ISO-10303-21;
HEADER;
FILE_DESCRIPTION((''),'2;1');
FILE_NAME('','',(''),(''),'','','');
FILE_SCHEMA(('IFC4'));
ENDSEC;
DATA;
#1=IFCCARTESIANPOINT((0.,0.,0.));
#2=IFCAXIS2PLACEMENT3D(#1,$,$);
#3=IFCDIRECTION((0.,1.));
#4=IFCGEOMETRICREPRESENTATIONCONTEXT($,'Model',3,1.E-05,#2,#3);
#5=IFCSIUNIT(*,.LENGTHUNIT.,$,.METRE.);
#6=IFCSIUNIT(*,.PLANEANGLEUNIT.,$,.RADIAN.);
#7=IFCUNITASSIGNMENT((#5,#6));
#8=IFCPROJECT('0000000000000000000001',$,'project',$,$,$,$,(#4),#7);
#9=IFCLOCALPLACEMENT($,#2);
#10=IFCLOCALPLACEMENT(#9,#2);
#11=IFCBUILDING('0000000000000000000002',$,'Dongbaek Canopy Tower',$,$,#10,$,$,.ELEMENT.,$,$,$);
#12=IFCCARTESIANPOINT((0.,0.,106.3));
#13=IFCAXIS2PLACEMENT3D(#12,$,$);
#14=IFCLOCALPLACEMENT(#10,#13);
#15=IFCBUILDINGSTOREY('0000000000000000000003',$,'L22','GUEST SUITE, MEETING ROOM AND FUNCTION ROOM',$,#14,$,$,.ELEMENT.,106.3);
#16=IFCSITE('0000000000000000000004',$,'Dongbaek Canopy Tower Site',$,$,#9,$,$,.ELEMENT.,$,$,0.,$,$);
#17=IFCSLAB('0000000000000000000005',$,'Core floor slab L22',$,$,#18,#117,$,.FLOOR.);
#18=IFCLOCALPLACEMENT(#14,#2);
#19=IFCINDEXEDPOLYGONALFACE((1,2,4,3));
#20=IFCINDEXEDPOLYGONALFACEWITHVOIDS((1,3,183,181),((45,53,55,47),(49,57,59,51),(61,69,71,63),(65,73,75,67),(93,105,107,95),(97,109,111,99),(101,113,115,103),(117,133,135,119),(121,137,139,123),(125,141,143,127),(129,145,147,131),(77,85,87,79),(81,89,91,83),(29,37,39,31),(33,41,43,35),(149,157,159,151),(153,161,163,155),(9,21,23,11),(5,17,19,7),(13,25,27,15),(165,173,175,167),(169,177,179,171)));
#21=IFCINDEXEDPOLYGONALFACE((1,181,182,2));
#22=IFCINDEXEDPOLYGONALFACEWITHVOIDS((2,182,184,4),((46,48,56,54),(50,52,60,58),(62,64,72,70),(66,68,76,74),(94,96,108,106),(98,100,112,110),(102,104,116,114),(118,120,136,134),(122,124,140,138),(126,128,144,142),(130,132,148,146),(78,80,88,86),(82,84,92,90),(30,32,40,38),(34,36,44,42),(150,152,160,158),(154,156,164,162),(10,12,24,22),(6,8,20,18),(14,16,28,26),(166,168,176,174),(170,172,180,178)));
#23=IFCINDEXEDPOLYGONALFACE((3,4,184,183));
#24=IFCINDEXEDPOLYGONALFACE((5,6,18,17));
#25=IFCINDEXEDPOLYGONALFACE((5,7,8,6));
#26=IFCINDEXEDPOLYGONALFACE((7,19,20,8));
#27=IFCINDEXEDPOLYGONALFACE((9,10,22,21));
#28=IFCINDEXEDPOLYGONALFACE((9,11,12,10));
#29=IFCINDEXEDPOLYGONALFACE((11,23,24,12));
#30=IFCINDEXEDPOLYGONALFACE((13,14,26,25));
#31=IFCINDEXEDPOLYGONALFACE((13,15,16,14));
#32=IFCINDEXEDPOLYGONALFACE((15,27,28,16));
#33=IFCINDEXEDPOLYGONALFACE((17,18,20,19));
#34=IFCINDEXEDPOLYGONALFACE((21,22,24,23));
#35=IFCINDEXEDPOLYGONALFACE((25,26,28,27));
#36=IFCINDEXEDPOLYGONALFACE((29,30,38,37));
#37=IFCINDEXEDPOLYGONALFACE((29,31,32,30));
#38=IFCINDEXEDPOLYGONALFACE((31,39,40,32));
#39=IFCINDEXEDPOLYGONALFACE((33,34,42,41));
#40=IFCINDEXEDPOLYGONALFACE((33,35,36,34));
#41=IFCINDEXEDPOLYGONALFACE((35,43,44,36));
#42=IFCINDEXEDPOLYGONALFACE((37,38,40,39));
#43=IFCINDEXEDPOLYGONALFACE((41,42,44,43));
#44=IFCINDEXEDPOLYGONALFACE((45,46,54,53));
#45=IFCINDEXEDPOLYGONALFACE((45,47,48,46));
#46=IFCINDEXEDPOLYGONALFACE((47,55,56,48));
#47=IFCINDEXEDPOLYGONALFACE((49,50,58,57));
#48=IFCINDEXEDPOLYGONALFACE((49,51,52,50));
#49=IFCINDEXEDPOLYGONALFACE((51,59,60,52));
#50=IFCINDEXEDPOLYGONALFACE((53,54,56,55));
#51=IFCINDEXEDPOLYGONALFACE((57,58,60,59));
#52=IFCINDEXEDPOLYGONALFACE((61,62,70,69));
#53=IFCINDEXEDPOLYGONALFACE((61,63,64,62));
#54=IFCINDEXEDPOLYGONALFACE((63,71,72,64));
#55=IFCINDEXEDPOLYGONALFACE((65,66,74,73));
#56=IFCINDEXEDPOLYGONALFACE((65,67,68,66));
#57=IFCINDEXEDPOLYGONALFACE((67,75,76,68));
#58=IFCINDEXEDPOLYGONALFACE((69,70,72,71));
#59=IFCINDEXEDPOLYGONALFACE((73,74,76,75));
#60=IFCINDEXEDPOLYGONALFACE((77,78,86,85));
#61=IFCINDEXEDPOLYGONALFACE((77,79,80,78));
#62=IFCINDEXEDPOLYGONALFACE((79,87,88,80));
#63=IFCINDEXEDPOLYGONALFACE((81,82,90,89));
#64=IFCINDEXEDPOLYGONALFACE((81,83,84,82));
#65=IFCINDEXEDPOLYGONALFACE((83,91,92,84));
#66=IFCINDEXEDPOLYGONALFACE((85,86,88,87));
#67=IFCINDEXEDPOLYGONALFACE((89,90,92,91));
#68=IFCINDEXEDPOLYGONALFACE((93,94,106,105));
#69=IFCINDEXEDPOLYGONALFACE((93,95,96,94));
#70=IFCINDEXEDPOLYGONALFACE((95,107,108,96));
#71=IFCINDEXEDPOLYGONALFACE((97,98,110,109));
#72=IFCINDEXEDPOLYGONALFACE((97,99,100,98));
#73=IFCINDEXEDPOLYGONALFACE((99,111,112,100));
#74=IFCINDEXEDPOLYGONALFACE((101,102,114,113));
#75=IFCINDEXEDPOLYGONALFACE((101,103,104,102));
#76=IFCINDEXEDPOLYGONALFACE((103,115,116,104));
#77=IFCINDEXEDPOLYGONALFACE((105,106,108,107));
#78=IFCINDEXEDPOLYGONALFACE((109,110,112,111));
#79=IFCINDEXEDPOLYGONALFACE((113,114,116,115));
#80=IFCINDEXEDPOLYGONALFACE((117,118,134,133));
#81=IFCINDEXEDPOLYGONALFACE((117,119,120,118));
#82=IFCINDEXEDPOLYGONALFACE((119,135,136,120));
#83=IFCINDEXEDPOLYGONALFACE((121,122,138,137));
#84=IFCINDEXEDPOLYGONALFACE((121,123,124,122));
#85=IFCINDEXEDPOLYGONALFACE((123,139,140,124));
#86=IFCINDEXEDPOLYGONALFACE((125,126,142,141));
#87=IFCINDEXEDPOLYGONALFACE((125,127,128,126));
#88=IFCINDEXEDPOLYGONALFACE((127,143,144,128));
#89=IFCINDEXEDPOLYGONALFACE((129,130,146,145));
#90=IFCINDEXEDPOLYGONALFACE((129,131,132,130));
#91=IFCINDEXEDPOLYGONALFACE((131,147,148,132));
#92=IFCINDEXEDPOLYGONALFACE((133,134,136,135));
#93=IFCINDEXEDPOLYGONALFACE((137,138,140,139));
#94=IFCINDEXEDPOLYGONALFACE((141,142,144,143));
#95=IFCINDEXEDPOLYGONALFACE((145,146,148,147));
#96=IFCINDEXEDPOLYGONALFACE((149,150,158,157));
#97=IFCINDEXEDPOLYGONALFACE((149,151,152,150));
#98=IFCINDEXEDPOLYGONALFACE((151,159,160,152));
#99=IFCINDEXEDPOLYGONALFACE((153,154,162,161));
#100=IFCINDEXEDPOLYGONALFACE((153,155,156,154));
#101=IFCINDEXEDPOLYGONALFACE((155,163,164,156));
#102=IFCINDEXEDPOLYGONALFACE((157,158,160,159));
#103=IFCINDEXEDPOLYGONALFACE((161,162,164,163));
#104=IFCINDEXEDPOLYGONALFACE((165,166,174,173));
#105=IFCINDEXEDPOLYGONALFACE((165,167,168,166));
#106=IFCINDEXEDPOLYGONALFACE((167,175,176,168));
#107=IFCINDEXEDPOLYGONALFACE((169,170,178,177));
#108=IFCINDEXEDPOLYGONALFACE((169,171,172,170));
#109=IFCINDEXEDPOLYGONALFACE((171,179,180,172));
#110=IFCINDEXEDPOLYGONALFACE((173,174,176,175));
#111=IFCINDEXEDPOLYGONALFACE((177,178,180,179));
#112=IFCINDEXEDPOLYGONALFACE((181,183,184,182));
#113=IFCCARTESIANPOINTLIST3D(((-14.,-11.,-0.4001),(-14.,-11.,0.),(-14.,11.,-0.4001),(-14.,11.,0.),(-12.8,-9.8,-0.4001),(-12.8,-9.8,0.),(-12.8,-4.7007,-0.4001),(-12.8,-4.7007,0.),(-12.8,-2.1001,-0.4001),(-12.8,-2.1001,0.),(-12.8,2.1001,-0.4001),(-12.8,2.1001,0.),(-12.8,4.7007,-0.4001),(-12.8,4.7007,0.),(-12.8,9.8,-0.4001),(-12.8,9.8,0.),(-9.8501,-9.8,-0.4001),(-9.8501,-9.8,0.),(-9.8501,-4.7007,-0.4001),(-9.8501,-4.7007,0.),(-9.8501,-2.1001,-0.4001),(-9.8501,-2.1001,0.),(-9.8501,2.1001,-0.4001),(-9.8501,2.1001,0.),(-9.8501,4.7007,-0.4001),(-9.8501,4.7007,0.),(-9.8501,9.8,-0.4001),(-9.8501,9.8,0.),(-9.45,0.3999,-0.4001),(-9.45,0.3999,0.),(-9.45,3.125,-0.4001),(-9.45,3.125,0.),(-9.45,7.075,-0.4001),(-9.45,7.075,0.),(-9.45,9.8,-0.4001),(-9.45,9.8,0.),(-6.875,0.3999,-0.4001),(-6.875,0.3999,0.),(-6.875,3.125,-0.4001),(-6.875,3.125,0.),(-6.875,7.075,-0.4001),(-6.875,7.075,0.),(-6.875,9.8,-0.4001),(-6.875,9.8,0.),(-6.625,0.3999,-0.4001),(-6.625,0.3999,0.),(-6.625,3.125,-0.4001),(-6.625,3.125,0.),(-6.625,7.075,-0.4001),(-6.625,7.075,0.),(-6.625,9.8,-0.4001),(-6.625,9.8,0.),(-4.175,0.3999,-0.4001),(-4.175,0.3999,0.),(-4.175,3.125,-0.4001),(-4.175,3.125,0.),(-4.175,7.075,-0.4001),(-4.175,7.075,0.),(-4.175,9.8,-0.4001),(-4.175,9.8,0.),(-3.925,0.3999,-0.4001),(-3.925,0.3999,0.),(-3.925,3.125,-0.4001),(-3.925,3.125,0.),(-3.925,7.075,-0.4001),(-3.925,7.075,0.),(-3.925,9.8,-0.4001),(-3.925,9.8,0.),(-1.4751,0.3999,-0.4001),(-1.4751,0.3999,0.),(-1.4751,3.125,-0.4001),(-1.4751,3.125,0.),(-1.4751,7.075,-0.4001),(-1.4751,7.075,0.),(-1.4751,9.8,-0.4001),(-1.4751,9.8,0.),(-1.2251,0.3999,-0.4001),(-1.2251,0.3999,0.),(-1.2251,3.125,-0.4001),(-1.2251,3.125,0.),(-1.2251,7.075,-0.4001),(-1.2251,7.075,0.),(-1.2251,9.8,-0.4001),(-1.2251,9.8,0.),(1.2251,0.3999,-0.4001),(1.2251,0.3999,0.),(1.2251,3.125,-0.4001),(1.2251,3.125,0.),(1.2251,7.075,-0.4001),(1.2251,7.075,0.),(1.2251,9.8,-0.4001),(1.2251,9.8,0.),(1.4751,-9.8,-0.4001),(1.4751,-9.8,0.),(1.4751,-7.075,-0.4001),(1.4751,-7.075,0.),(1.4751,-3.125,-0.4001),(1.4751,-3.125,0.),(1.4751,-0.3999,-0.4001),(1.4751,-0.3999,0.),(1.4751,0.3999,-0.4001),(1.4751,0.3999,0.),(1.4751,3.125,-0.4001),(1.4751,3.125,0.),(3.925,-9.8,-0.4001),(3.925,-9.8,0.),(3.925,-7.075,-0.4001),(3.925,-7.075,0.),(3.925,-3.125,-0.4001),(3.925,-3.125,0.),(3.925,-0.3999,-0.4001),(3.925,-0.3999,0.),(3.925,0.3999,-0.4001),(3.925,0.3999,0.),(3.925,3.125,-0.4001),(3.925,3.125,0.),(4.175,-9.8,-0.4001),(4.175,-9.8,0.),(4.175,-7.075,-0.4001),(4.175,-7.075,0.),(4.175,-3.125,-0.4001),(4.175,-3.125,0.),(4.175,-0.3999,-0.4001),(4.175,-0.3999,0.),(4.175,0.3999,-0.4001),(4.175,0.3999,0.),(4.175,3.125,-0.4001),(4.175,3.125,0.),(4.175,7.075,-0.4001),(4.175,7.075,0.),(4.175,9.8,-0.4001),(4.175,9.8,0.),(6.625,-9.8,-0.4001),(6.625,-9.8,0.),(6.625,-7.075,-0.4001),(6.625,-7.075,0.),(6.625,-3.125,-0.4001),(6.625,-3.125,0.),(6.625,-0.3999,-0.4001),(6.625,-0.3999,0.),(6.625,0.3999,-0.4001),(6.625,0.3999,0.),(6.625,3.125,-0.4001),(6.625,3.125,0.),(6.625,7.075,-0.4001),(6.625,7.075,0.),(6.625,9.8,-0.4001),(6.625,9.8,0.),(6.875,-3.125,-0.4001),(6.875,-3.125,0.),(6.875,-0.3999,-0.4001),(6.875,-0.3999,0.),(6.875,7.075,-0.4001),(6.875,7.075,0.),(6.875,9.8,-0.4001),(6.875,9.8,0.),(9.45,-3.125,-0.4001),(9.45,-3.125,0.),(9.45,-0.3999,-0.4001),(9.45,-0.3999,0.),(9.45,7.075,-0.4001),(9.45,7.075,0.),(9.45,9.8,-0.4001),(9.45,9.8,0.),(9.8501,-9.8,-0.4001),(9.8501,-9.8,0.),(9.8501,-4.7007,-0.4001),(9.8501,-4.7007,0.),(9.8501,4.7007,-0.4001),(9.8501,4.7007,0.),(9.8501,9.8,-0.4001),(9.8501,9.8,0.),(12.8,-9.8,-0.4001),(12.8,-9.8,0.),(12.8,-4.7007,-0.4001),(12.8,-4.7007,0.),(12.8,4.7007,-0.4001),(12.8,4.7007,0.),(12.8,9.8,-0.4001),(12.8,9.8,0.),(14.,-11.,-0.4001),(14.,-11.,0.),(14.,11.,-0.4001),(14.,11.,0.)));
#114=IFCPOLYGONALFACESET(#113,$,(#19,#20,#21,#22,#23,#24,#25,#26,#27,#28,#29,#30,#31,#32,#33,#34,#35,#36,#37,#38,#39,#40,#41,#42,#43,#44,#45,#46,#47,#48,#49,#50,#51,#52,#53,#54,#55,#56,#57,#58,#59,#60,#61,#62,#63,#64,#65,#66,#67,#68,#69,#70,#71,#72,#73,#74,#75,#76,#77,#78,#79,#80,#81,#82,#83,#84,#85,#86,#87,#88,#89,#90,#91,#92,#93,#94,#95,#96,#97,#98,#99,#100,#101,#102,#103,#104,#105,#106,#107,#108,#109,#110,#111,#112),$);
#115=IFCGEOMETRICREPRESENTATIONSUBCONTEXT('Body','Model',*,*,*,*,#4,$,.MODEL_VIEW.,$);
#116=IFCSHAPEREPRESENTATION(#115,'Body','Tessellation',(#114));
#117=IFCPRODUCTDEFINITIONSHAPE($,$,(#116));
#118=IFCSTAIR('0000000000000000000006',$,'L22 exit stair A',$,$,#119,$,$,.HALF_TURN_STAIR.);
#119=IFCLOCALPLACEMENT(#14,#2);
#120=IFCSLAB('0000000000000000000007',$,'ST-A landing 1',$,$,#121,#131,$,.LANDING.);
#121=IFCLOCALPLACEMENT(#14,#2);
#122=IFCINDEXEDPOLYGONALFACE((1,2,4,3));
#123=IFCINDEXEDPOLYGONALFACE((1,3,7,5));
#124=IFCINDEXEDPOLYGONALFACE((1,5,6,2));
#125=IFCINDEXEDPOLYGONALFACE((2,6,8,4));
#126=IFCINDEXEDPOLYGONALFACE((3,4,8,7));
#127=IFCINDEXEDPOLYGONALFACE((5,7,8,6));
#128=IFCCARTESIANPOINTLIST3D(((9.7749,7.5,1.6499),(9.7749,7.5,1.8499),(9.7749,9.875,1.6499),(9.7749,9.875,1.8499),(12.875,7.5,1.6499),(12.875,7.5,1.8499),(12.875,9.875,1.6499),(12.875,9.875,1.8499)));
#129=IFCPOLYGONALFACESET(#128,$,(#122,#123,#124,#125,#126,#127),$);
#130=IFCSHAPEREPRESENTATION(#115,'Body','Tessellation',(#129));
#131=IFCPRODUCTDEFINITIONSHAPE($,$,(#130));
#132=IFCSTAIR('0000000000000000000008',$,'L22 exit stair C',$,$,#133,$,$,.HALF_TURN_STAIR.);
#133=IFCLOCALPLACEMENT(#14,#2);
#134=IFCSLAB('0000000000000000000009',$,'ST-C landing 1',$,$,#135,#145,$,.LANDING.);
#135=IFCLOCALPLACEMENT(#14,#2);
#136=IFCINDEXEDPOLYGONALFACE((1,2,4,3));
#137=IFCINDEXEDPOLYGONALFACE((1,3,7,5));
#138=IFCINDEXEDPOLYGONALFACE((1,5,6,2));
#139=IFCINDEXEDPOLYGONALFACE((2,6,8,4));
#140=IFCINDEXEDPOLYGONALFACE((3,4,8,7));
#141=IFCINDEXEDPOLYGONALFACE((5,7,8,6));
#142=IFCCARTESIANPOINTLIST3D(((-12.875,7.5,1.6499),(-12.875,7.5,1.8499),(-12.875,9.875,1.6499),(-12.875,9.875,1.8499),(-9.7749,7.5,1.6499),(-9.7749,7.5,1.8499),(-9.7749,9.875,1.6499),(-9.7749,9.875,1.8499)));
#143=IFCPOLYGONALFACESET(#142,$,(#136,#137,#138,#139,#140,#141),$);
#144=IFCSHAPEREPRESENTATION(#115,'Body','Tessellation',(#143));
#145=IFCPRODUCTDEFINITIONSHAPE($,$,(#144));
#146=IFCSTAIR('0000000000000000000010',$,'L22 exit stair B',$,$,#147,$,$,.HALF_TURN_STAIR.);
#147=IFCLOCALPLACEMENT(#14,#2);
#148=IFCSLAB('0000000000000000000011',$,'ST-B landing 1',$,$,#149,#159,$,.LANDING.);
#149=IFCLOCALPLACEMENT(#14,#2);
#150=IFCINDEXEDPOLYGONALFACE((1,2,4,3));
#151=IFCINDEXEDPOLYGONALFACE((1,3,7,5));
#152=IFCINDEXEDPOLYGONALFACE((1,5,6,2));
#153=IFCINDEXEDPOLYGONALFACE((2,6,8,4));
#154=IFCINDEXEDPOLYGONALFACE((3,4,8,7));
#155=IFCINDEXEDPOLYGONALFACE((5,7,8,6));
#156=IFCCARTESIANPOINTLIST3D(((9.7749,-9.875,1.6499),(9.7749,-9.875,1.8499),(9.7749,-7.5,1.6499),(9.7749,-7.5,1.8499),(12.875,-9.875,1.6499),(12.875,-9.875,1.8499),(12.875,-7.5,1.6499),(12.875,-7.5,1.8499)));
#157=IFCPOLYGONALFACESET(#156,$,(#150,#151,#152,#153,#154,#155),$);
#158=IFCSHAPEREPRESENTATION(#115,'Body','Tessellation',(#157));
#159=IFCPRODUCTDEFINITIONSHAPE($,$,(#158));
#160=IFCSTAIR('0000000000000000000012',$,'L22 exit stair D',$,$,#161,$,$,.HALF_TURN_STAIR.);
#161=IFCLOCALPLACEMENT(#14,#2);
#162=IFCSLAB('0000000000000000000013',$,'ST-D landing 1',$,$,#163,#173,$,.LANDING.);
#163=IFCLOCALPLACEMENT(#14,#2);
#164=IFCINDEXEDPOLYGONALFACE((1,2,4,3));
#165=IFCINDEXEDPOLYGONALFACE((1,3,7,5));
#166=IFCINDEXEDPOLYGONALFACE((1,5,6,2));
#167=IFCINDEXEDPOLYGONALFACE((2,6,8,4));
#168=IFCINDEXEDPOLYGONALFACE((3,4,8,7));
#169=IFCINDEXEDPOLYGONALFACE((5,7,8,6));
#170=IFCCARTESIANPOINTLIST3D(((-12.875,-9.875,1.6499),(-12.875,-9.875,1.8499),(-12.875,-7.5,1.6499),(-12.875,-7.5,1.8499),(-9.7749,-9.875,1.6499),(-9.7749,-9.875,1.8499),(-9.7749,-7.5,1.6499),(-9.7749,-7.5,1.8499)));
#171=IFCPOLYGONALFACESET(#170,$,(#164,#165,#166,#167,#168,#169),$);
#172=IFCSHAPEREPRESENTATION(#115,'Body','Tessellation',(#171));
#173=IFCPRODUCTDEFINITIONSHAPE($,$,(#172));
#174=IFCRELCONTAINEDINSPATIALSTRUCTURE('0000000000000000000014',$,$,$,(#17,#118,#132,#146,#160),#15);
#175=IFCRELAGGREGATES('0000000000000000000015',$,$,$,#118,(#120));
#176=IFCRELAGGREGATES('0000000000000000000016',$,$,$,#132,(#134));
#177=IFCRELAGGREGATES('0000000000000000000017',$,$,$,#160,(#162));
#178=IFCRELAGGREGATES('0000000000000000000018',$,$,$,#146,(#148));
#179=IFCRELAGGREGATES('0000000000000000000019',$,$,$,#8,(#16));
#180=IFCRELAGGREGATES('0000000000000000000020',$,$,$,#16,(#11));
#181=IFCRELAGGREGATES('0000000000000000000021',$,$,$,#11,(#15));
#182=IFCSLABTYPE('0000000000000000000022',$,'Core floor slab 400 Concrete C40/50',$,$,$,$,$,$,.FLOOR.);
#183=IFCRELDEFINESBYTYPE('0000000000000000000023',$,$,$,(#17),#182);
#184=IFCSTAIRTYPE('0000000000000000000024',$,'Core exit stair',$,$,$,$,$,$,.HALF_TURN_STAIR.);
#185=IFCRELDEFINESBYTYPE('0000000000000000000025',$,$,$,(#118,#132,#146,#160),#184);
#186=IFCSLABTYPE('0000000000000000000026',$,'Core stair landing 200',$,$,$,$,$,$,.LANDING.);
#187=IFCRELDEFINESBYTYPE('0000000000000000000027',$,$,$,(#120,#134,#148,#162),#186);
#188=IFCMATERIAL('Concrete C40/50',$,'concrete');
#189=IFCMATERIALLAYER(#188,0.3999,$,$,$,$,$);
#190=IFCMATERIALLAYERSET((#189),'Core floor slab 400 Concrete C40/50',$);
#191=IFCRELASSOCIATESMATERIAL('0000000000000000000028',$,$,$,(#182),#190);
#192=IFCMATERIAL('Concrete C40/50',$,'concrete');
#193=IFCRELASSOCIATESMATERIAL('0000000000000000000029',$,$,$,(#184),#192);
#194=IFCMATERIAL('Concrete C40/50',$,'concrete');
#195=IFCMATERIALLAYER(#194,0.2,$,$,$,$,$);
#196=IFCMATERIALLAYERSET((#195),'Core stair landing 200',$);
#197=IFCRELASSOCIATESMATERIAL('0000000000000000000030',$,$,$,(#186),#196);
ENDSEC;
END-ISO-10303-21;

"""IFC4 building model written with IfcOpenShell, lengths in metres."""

from ifc_helpers import new_model, si_unit, direction, frame, origin, place, context, subcontext, project, spatial, polyline, outline, extrude, material, layer, layer_set, type_object, element, aggregate, save


model = new_model("IFC4")

# Units and contexts
model_context = context("Model", 3, precision=1e-05, world=origin(), true_north=direction((0.0, 1.0)))
body_context = subcontext(model_context, "Body", "Model", "MODEL_VIEW")
ifc_project = project(units=[si_unit("LENGTHUNIT", "METRE"), si_unit("PLANEANGLEUNIT", "RADIAN")], contexts=[model_context])

# Site, building, storey
site_placement = place(None, origin())
site = spatial("IfcSite", under=ifc_project, at=site_placement, Name="Dongbaek Canopy Tower Site", CompositionType="ELEMENT", RefElevation=0.0)
building_placement = place(site_placement, origin())
building = spatial("IfcBuilding", under=site, at=building_placement, Name="Dongbaek Canopy Tower", CompositionType="ELEMENT")
storey_placement = place(building_placement, frame((0.0, 0.0, 106.3)))
storey = spatial("IfcBuildingStorey", under=building, at=storey_placement, Name="L22", Description="GUEST SUITE, MEETING ROOM AND FUNCTION ROOM", CompositionType="ELEMENT", Elevation=106.3)

# Slab
ifc_material_1 = material(Name="Concrete C40/50", Category="concrete")
ifc_layer_1 = layer(ifc_material_1, 0.3999)
ifc_layer_set_1 = layer_set([ifc_layer_1], Name="Core floor slab 400 Concrete C40/50")
slab_type_1 = type_object("IfcSlabType", Name="Core floor slab 400 Concrete C40/50", PredefinedType="FLOOR", material=ifc_layer_set_1)
slab_1_placement = place(storey_placement, frame((0.0, 0.0, -0.4001)))
element("IfcSlab", 1, at=slab_1_placement, inside=storey, type_object=slab_type_1, Name="Core floor slab L22", PredefinedType="FLOOR", context=body_context, shape_type="SweptSolid", body=[
    extrude(outline(polyline([(14.0, -11.0), (14.0, 11.0), (-14.0, 11.0), (-14.0, -11.0), (14.0, -11.0)]), holes=[polyline([(-12.8, 2.1001), (-9.8501, 2.1001), (-9.8501, -2.1001), (-12.8, -2.1001), (-12.8, 2.1001)]), polyline([(-6.875, 9.8), (-6.875, 7.075), (-9.45, 7.075), (-9.45, 9.8), (-6.875, 9.8)]), polyline([(-4.175, 9.8), (-4.175, 7.075), (-6.625, 7.075), (-6.625, 9.8), (-4.175, 9.8)]), polyline([(-1.4751, 9.8), (-1.4751, 7.075), (-3.925, 7.075), (-3.925, 9.8), (-1.4751, 9.8)]), polyline([(1.2251, 9.8), (1.2251, 7.075), (-1.2251, 7.075), (-1.2251, 9.8), (1.2251, 9.8)]), polyline([(6.625, 9.8), (6.625, 7.075), (4.175, 7.075), (4.175, 9.8), (6.625, 9.8)]), polyline([(9.45, 7.075), (6.875, 7.075), (6.875, 9.8), (9.45, 9.8), (9.45, 7.075)]), polyline([(-9.45, 3.125), (-6.875, 3.125), (-6.875, 0.3999), (-9.45, 0.3999), (-9.45, 3.125)]), polyline([(-6.625, 3.125), (-4.175, 3.125), (-4.175, 0.3999), (-6.625, 0.3999), (-6.625, 3.125)]), polyline([(-3.925, 3.125), (-1.4751, 3.125), (-1.4751, 0.3999), (-3.925, 0.3999), (-3.925, 3.125)]), polyline([(-1.2251, 3.125), (1.2251, 3.125), (1.2251, 0.3999), (-1.2251, 0.3999), (-1.2251, 3.125)]), polyline([(1.4751, 0.3999), (1.4751, 3.125), (3.925, 3.125), (3.925, 0.3999), (1.4751, 0.3999)]), polyline([(4.175, 0.3999), (4.175, 3.125), (6.625, 3.125), (6.625, 0.3999), (4.175, 0.3999)]), polyline([(1.4751, -0.3999), (3.925, -0.3999), (3.925, -3.125), (1.4751, -3.125), (1.4751, -0.3999)]), polyline([(6.625, -0.3999), (6.625, -3.125), (4.175, -3.125), (4.175, -0.3999), (6.625, -0.3999)]), polyline([(9.45, -3.125), (6.875, -3.125), (6.875, -0.3999), (9.45, -0.3999), (9.45, -3.125)]), polyline([(1.4751, -9.8), (1.4751, -7.075), (3.925, -7.075), (3.925, -9.8), (1.4751, -9.8)]), polyline([(4.175, -9.8), (4.175, -7.075), (6.625, -7.075), (6.625, -9.8), (4.175, -9.8)]), polyline([(12.8, 4.7007), (12.8, 9.8), (9.8501, 9.8), (9.8501, 4.7007), (12.8, 4.7007)]), polyline([(-9.8501, 4.7007), (-9.8501, 9.8), (-12.8, 9.8), (-12.8, 4.7007), (-9.8501, 4.7007)]), polyline([(9.8501, -4.7007), (9.8501, -9.8), (12.8, -9.8), (12.8, -4.7007), (9.8501, -4.7007)]), polyline([(-12.8, -4.7007), (-12.8, -9.8), (-9.8501, -9.8), (-9.8501, -4.7007), (-12.8, -4.7007)])]), origin(), (0.0, 0.0, 1.0), 0.4001),
])

# Stairs, slabs
ifc_material_2 = material(Name="Concrete C40/50", Category="concrete")
stair_type = type_object("IfcStairType", Name="Core exit stair", PredefinedType="HALF_TURN_STAIR", material=ifc_material_2)
stair_1_placement = place(storey_placement, origin())
stair_1 = element("IfcStair", 2, at=stair_1_placement, inside=storey, type_object=stair_type, Name="L22 exit stair A", PredefinedType="HALF_TURN_STAIR")
ifc_material_3 = material(Name="Concrete C40/50", Category="concrete")
ifc_layer_2 = layer(ifc_material_3, 0.2)
ifc_layer_set_2 = layer_set([ifc_layer_2], Name="Core stair landing 200")
slab_type_2 = type_object("IfcSlabType", Name="Core stair landing 200", PredefinedType="LANDING", material=ifc_layer_set_2)
slab_2_placement = place(storey_placement, frame((0.0, 0.0, 1.6499)))
slab_2 = element("IfcSlab", 3, at=slab_2_placement, type_object=slab_type_2, Name="ST-A landing 1", PredefinedType="LANDING", context=body_context, shape_type="SweptSolid", body=[
    extrude(outline(polyline([(12.875, 7.5), (12.875, 9.875), (9.7749, 9.875), (9.7749, 7.5), (12.875, 7.5)])), origin(), (0.0, 0.0, 1.0), 0.2),
])
aggregate(stair_1, [slab_2])
stair_2_placement = place(storey_placement, origin())
stair_2 = element("IfcStair", 4, at=stair_2_placement, inside=storey, type_object=stair_type, Name="L22 exit stair C", PredefinedType="HALF_TURN_STAIR")
slab_3_placement = place(storey_placement, frame((0.0, 0.0, 1.6499)))
slab_3 = element("IfcSlab", 5, at=slab_3_placement, type_object=slab_type_2, Name="ST-C landing 1", PredefinedType="LANDING", context=body_context, shape_type="SweptSolid", body=[
    extrude(outline(polyline([(-9.7749, 7.5), (-9.7749, 9.875), (-12.875, 9.875), (-12.875, 7.5), (-9.7749, 7.5)])), origin(), (0.0, 0.0, 1.0), 0.2),
])
aggregate(stair_2, [slab_3])
stair_3_placement = place(storey_placement, origin())
stair_3 = element("IfcStair", 6, at=stair_3_placement, inside=storey, type_object=stair_type, Name="L22 exit stair B", PredefinedType="HALF_TURN_STAIR")
slab_4_placement = place(storey_placement, frame((0.0, 0.0, 1.6499)))
slab_4 = element("IfcSlab", 7, at=slab_4_placement, type_object=slab_type_2, Name="ST-B landing 1", PredefinedType="LANDING", context=body_context, shape_type="SweptSolid", body=[
    extrude(outline(polyline([(9.7749, -7.5), (9.7749, -9.875), (12.875, -9.875), (12.875, -7.5), (9.7749, -7.5)])), origin(), (0.0, 0.0, 1.0), 0.2),
])
stair_4_placement = place(storey_placement, origin())
stair_4 = element("IfcStair", 8, at=stair_4_placement, inside=storey, type_object=stair_type, Name="L22 exit stair D", PredefinedType="HALF_TURN_STAIR")
slab_5_placement = place(storey_placement, frame((0.0, 0.0, 1.6499)))
slab_5 = element("IfcSlab", 9, at=slab_5_placement, type_object=slab_type_2, Name="ST-D landing 1", PredefinedType="LANDING", context=body_context, shape_type="SweptSolid", body=[
    extrude(outline(polyline([(-12.875, -7.5), (-12.875, -9.875), (-9.7749, -9.875), (-9.7749, -7.5), (-12.875, -7.5)])), origin(), (0.0, 0.0, 1.0), 0.2),
])
aggregate(stair_4, [slab_5])

aggregate(stair_3, [slab_4])

save(model, "model.ifc")
